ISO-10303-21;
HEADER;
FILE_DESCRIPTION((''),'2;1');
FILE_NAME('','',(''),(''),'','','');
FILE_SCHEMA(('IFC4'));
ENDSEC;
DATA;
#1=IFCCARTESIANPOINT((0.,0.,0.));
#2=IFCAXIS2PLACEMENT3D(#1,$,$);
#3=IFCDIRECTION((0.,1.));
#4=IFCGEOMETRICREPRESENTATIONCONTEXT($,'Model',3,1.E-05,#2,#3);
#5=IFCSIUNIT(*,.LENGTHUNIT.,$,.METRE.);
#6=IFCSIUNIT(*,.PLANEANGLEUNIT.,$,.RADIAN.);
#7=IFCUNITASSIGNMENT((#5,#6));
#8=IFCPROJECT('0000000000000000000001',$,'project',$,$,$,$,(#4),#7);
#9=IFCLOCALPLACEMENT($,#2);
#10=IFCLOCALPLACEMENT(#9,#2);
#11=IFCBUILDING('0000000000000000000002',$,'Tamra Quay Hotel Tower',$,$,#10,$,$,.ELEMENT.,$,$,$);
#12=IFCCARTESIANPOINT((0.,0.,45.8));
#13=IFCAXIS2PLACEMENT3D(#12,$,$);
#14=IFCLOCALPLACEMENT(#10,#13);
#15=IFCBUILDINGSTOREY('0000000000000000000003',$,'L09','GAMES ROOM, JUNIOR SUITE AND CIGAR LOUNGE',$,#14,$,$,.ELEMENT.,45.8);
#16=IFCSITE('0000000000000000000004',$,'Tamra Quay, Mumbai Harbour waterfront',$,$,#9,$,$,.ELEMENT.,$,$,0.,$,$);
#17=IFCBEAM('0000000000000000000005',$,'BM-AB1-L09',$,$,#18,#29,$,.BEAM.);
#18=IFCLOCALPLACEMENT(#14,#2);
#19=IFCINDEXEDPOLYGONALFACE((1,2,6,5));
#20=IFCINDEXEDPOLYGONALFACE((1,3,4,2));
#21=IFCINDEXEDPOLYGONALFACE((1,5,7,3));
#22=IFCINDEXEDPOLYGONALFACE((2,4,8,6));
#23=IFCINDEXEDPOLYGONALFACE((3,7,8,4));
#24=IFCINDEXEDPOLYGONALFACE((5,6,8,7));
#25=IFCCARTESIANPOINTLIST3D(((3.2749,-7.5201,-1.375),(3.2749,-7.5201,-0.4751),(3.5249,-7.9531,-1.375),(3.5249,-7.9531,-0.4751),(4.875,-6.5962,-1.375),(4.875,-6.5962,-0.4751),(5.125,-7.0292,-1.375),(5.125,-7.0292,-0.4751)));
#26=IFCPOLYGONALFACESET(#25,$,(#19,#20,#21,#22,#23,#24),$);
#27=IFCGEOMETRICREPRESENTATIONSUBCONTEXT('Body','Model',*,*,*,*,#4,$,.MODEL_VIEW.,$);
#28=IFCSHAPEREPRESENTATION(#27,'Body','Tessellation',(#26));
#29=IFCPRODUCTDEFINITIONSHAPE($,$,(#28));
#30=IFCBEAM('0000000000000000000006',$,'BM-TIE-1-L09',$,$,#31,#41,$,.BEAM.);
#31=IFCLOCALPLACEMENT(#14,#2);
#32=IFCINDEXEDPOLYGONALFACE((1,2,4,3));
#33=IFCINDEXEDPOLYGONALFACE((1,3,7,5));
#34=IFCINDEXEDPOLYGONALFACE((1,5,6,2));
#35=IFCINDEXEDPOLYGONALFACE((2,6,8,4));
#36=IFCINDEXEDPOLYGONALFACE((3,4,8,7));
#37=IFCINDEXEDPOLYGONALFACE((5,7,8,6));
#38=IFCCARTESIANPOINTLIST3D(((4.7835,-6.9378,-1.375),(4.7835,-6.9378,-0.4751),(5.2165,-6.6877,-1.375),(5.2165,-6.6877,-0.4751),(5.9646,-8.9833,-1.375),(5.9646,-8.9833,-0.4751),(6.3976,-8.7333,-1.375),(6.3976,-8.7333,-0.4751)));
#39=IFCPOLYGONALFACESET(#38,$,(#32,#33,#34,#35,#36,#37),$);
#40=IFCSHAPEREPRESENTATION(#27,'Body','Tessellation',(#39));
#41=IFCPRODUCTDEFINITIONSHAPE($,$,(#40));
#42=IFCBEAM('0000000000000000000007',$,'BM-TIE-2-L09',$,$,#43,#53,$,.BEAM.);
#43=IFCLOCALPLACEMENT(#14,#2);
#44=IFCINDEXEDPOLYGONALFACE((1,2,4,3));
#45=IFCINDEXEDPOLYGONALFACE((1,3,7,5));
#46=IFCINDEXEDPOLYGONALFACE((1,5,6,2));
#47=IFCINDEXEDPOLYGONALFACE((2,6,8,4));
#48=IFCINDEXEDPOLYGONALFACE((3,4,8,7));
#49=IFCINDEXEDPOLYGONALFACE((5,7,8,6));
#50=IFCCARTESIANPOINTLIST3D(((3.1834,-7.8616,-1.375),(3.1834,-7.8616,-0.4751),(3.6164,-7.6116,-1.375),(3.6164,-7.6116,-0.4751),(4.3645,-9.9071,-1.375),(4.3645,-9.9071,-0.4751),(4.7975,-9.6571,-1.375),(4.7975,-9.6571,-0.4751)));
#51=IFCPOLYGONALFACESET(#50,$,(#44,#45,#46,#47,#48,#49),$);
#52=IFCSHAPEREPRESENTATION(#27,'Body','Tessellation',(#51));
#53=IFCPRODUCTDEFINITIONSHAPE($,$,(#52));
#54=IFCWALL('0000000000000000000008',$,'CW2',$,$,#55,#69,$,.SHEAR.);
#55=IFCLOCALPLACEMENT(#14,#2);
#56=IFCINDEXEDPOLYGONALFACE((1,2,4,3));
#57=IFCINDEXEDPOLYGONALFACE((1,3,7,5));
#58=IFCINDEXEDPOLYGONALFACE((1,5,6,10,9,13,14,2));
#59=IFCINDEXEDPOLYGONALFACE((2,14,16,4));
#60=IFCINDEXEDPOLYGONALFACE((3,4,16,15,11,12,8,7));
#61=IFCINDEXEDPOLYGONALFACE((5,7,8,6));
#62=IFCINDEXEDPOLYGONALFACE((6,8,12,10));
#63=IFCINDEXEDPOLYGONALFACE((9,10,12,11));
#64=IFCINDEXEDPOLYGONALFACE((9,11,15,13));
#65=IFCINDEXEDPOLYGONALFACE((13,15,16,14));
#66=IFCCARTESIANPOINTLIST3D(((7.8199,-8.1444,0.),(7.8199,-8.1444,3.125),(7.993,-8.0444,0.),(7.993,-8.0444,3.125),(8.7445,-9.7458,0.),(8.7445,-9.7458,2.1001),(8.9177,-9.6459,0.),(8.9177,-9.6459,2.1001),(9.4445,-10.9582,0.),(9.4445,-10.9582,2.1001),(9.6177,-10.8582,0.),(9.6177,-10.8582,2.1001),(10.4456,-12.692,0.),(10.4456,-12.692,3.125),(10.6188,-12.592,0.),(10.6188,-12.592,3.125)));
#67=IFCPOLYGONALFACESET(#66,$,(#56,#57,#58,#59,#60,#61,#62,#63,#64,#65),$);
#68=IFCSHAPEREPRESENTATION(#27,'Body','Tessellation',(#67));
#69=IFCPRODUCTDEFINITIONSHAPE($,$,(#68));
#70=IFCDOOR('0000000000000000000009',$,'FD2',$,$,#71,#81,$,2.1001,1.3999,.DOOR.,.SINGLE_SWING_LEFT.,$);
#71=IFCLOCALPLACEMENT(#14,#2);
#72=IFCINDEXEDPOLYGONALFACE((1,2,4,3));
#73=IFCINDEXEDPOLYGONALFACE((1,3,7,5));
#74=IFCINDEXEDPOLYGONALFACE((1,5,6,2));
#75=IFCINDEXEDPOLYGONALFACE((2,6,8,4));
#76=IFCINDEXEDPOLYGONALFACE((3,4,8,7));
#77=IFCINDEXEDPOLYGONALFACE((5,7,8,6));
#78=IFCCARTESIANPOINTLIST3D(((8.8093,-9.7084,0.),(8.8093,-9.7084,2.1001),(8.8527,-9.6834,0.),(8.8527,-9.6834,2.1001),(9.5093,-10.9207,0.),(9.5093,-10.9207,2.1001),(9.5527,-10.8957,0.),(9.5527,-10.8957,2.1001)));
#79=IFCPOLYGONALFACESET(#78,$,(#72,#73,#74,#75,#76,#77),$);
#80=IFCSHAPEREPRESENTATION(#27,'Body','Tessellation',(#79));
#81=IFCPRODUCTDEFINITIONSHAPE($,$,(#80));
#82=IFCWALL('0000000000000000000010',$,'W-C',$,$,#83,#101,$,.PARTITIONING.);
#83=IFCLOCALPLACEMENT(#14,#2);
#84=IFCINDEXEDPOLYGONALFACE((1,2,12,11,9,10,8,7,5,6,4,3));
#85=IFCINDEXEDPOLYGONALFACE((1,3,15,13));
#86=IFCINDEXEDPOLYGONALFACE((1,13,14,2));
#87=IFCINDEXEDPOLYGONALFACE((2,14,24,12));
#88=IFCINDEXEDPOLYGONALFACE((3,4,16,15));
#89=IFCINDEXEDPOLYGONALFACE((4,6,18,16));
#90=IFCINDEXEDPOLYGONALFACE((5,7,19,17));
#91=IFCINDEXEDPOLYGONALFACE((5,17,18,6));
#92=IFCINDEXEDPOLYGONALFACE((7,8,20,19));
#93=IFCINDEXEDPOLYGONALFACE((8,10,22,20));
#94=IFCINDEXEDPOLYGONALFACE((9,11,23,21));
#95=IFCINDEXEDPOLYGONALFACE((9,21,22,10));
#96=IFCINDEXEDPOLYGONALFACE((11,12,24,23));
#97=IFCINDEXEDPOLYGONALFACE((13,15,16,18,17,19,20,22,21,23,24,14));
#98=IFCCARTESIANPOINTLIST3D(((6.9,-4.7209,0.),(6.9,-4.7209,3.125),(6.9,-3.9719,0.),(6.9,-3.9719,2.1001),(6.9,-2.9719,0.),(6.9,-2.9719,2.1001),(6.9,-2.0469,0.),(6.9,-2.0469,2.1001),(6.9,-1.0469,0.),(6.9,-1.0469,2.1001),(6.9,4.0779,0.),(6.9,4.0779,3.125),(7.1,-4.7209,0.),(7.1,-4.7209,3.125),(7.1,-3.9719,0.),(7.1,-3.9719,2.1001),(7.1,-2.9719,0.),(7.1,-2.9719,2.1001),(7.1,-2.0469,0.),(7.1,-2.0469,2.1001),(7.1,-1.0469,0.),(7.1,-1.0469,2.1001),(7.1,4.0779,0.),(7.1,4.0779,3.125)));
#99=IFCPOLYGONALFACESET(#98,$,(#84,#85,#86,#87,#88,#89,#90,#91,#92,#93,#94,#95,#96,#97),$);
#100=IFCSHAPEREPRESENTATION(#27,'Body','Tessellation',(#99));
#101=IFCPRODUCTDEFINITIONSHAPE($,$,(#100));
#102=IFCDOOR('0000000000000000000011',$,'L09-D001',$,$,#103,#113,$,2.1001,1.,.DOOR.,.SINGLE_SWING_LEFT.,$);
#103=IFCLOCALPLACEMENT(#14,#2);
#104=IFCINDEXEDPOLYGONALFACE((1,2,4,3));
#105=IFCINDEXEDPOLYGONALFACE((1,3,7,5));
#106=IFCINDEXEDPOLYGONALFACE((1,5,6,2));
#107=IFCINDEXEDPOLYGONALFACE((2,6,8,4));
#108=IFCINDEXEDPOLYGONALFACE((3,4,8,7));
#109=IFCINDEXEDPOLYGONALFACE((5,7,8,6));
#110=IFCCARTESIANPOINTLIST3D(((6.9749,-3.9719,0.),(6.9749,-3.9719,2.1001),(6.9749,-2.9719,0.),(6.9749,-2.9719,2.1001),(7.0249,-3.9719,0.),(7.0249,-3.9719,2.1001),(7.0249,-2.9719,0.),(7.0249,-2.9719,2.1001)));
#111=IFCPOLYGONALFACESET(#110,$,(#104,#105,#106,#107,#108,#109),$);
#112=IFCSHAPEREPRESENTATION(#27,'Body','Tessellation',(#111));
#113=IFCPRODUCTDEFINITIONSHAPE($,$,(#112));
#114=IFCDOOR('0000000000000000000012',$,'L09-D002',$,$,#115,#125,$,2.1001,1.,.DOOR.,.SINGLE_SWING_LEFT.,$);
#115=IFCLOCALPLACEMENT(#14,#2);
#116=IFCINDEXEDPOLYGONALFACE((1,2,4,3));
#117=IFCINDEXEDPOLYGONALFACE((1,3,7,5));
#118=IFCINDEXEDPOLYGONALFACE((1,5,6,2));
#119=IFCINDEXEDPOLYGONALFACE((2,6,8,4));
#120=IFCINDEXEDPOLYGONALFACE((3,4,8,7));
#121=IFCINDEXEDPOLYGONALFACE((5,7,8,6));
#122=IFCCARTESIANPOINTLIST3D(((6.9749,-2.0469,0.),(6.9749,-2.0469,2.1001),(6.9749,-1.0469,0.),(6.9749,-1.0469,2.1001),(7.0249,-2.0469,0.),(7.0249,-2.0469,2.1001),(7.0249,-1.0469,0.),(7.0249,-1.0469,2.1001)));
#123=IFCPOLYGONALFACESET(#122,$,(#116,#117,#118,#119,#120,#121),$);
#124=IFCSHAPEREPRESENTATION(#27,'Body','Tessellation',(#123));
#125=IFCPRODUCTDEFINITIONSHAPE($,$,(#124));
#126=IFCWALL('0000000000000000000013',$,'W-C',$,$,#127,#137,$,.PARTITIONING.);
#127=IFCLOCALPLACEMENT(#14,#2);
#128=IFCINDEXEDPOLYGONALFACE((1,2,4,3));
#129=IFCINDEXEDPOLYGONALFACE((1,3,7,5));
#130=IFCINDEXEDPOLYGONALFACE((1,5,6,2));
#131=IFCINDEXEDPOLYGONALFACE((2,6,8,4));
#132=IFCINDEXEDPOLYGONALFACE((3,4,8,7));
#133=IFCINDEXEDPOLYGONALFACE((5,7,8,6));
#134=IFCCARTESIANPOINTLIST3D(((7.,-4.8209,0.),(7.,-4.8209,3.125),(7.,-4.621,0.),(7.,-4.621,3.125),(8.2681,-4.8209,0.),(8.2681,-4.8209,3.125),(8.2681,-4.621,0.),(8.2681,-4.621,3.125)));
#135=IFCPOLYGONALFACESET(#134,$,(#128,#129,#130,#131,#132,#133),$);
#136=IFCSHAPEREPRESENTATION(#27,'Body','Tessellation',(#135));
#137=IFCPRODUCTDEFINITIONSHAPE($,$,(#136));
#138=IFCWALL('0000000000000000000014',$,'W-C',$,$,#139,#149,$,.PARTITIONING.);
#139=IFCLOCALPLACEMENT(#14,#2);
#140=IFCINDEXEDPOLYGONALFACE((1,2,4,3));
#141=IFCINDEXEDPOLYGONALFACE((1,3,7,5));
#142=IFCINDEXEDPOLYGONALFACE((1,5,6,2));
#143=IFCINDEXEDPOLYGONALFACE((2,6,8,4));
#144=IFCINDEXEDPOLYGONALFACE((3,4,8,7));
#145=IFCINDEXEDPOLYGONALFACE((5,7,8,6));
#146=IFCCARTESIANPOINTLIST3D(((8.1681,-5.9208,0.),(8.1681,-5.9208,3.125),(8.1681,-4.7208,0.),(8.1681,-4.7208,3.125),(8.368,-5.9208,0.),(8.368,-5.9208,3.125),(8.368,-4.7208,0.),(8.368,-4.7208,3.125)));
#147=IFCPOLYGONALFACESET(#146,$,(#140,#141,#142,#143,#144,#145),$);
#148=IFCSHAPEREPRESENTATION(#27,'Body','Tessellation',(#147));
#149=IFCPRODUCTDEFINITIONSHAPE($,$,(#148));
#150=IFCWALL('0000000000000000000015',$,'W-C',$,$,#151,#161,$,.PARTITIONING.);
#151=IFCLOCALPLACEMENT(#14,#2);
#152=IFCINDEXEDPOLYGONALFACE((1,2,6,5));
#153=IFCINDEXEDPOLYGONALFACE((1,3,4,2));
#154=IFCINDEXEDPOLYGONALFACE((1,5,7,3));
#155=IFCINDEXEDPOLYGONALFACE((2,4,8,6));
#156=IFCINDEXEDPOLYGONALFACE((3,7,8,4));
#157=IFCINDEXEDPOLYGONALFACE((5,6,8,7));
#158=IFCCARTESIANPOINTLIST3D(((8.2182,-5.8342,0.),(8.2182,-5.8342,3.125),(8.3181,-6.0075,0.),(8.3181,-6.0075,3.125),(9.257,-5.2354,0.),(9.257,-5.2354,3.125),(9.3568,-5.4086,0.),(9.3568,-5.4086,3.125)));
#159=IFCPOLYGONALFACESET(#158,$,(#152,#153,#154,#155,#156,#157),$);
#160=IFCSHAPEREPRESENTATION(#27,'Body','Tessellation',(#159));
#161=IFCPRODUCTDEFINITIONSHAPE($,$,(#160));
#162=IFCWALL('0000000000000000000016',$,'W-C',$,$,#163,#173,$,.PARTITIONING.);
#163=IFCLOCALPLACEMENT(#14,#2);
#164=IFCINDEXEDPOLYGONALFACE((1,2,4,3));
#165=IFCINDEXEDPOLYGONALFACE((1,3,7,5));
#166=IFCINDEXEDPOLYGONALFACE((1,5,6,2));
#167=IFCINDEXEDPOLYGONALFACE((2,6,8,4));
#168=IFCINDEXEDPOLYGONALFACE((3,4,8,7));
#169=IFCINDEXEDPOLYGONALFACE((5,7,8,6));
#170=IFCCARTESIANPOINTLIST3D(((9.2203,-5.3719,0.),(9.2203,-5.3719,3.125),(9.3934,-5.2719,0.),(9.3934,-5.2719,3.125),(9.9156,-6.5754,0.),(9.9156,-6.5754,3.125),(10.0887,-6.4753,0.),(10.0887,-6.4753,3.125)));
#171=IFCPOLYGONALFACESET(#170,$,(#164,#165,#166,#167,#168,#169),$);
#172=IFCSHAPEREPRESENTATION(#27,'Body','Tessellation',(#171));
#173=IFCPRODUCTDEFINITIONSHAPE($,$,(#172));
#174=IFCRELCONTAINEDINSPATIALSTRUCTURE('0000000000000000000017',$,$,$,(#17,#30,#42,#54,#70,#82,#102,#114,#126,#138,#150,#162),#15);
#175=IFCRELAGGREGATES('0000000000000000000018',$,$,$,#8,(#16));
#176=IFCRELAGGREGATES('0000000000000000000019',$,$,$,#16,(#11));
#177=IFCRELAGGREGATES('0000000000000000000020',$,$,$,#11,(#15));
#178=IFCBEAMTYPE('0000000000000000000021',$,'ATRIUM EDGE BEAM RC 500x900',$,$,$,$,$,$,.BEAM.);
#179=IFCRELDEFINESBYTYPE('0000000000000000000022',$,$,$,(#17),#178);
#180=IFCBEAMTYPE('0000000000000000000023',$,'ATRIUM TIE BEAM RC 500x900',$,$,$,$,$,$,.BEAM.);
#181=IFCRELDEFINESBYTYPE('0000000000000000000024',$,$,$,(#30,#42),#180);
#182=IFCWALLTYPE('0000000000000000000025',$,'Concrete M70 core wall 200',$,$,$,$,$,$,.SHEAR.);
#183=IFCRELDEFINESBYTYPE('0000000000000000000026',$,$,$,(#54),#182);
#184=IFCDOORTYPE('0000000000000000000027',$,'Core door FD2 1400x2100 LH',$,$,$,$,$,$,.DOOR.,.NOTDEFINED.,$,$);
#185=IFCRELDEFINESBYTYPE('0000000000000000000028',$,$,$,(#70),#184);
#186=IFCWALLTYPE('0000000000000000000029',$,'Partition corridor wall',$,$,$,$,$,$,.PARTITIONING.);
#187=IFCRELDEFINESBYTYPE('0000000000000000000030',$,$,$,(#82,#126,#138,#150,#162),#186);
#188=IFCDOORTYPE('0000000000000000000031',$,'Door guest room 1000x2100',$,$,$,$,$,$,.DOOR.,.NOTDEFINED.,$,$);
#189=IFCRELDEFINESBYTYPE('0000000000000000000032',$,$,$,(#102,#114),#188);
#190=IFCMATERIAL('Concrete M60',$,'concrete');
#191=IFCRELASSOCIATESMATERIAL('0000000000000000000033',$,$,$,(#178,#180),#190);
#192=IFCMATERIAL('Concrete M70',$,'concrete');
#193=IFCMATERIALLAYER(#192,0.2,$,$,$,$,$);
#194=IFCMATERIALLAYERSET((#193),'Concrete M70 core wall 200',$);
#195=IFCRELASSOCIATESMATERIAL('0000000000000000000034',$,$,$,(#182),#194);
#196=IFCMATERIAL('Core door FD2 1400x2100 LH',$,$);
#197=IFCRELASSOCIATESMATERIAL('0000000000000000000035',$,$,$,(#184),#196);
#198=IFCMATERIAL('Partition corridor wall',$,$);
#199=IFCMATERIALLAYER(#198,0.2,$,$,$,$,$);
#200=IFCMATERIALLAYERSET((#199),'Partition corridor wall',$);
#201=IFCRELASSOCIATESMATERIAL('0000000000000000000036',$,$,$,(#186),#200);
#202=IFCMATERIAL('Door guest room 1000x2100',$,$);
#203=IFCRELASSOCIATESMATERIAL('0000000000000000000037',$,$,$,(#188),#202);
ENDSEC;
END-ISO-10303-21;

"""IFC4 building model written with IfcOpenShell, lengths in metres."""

from ifc_helpers import new_model, si_unit, direction, frame, frame_2d, origin, origin_2d, place, context, subcontext, project, spatial, rectangle, extrude, material, layer, layer_set, material_profile, profile_set, type_object, element, fill, save


model = new_model("IFC4")

# Units and contexts
model_context = context("Model", 3, precision=1e-05, world=origin(), true_north=direction((0.0, 1.0)))
body_context = subcontext(model_context, "Body", "Model", "MODEL_VIEW")
ifc_project = project(units=[si_unit("LENGTHUNIT", "METRE"), si_unit("PLANEANGLEUNIT", "RADIAN")], contexts=[model_context])

# Site, building, storey
site_placement = place(None, origin())
site = spatial("IfcSite", under=ifc_project, at=site_placement, Name="Tamra Quay, Mumbai Harbour waterfront", CompositionType="ELEMENT", RefElevation=0.0)
building_placement = place(site_placement, origin())
building = spatial("IfcBuilding", under=site, at=building_placement, Name="Tamra Quay Hotel Tower", CompositionType="ELEMENT")
storey_placement = place(building_placement, frame((0.0, 0.0, 45.8)))
storey = spatial("IfcBuildingStorey", under=building, at=storey_placement, Name="L09", Description="GAMES ROOM, JUNIOR SUITE AND CIGAR LOUNGE", CompositionType="ELEMENT", Elevation=45.8)

# Beams
ifc_material_1 = material(Name="Concrete M60", Category="concrete")
ifc_material_profile_1 = material_profile(ifc_material_1, rectangle(XDim=0.5, YDim=0.8999, at=origin_2d()), Name="ATRIUM EDGE BEAM RC 500x900")
ifc_profile_set_1 = profile_set([ifc_material_profile_1], Name="Concrete M60")
beam_type_1 = type_object("IfcBeamType", Name="ATRIUM EDGE BEAM RC 500x900", PredefinedType="BEAM", material=ifc_profile_set_1)
beam_placement = place(storey_placement, frame((5.0, -6.8127, -0.925), z_axis=(-0.866023, -0.500005, 0.0), x_axis=(0.500005, -0.866023, 0.0)))
element("IfcBeam", 1, at=beam_placement, inside=storey, type_object=beam_type_1, Name="BM-AB1-L09", PredefinedType="BEAM", context=body_context, shape_type="SweptSolid", body=[
    extrude(rectangle(XDim=0.5, YDim=0.8999, at=origin_2d()), origin(), (0.0, 0.0, 1.0), 1.8477),
])
ifc_material_profile_2 = material_profile(ifc_material_1, rectangle(XDim=0.5, YDim=0.8999, at=origin_2d()), Name="ATRIUM TIE BEAM RC 500x900")
ifc_profile_set_2 = profile_set([ifc_material_profile_2], Name="Concrete M60")
beam_type_2 = type_object("IfcBeamType", Name="ATRIUM TIE BEAM RC 500x900", PredefinedType="BEAM", material=ifc_profile_set_2)
for number, where, z_axis, x_axis, name in (
    (2, (5.0, -6.8127, -0.925), (0.50003, -0.866008, 0.0), (0.866008, 0.50003, 0.0), "BM-TIE-1-L09"),
    (3, (3.3999, -7.7366, -0.925), (0.50003, -0.866008, 0.0), (0.866008, 0.50003, 0.0), "BM-TIE-2-L09"),
):
    element("IfcBeam", number, at=place(storey_placement, frame(where, z_axis=z_axis, x_axis=x_axis)), inside=storey, type_object=beam_type_2, Name=name, PredefinedType="BEAM", context=body_context, shape_type="SweptSolid", body=[
        extrude(rectangle(XDim=0.5, YDim=0.8999, at=origin_2d()), origin(), (0.0, 0.0, 1.0), 2.3621),
    ])

# Wall, opening, door
ifc_material_2 = material(Name="Concrete M70", Category="concrete")
ifc_layer_1 = layer(ifc_material_2, 0.2)
ifc_layer_set_1 = layer_set([ifc_layer_1], Name="Concrete M70 core wall 200")
wall_type_1 = type_object("IfcWallType", Name="Concrete M70 core wall 200", PredefinedType="SHEAR", material=ifc_layer_set_1)
wall_1_placement = place(storey_placement, frame((7.9065, -8.0945, 0.0), z_axis=(0.0, 0.0, 1.0), x_axis=(0.500024, -0.866011, 0.0)))
wall_1 = element("IfcWall", 4, at=wall_1_placement, inside=storey, type_object=wall_type_1, Name="CW2", PredefinedType="SHEAR", context=body_context, shape_type="SweptSolid", body=[
    extrude(rectangle(XDim=5.2512, YDim=0.2, at=frame_2d((2.6255, 0.0))), origin(), (0.0, 0.0, 1.0), 3.125),
])
opening_1_placement = place(wall_1_placement, frame((1.8491, 0.0, 0.0)))
opening_1 = element("IfcOpeningElement", 5, at=opening_1_placement, cuts=wall_1, PredefinedType="OPENING", context=body_context, shape_type="SweptSolid", body=[
    extrude(rectangle(XDim=1.3999, YDim=2.1001, at=frame_2d((0.7, 1.05))), frame((0.0, 0.1099, 0.0), z_axis=(0.0, -1.0, 0.0), x_axis=(1.0, 0.0, 0.0)), (0.0, 0.0, 1.0), 0.22),
])
ifc_material_3 = material(Name="Core door FD2 1400x2100 LH")
door_type_1 = type_object("IfcDoorType", Name="Core door FD2 1400x2100 LH", OperationType="NOTDEFINED", PredefinedType="DOOR", material=ifc_material_3)
door_1_placement = place(opening_1_placement, origin())
door_1 = element("IfcDoor", 6, at=door_1_placement, inside=storey, type_object=door_type_1, Name="FD2", OperationType="SINGLE_SWING_LEFT", OverallHeight=2.1001, OverallWidth=1.3999, PredefinedType="DOOR", context=body_context, shape_type="SweptSolid", body=[
    extrude(rectangle(XDim=1.3999, YDim=2.1001, at=frame_2d((0.7, 1.05))), frame((0.0, 0.0249, 0.0), z_axis=(0.0, -1.0, 0.0), x_axis=(1.0, 0.0, 0.0)), (0.0, 0.0, 1.0), 0.05),
])
fill(opening_1, door_1)

# Wall, openings, doors
ifc_material_4 = material(Name="Partition corridor wall")
ifc_layer_2 = layer(ifc_material_4, 0.2)
ifc_layer_set_2 = layer_set([ifc_layer_2], Name="Partition corridor wall")
wall_type_2 = type_object("IfcWallType", Name="Partition corridor wall", PredefinedType="PARTITIONING", material=ifc_layer_set_2)
wall_2_placement = place(storey_placement, frame((7.0, -4.7209, 0.0), z_axis=(0.0, 0.0, 1.0), x_axis=(0.0, 1.0, 0.0)))
wall_2 = element("IfcWall", 7, at=wall_2_placement, inside=storey, type_object=wall_type_2, Name="W-C", PredefinedType="PARTITIONING", context=body_context, shape_type="SweptSolid", body=[
    extrude(rectangle(XDim=8.7988, YDim=0.2, at=frame_2d((4.3994, 0.0))), origin(), (0.0, 0.0, 1.0), 3.125),
])
opening_2_placement = place(wall_2_placement, frame((0.749, 0.0, 0.0)))
opening_2 = element("IfcOpeningElement", 8, at=opening_2_placement, cuts=wall_2, PredefinedType="OPENING", context=body_context, shape_type="SweptSolid", body=[
    extrude(rectangle(XDim=1.0, YDim=2.1001, at=frame_2d((0.5, 1.05))), frame((0.0, 0.1099, 0.0), z_axis=(0.0, -1.0, 0.0), x_axis=(1.0, 0.0, 0.0)), (0.0, 0.0, 1.0), 0.22),
])
opening_3_placement = place(wall_2_placement, frame((2.6741, 0.0, 0.0)))
opening_3 = element("IfcOpeningElement", 9, at=opening_3_placement, cuts=wall_2, PredefinedType="OPENING", context=body_context, shape_type="SweptSolid", body=[
    extrude(rectangle(XDim=1.0, YDim=2.1001, at=frame_2d((0.5, 1.05))), frame((0.0, 0.1099, 0.0), z_axis=(0.0, -1.0, 0.0), x_axis=(1.0, 0.0, 0.0)), (0.0, 0.0, 1.0), 0.22),
])
ifc_material_5 = material(Name="Door guest room 1000x2100")
door_type_2 = type_object("IfcDoorType", Name="Door guest room 1000x2100", OperationType="NOTDEFINED", PredefinedType="DOOR", material=ifc_material_5)
door_2_placement = place(opening_2_placement, frame((1.0, 0.0, 0.0), z_axis=(0.0, 0.0, 1.0), x_axis=(-1.0, 0.0, 0.0)))
door_2 = element("IfcDoor", 10, at=door_2_placement, inside=storey, type_object=door_type_2, Name="L09-D001", OperationType="SINGLE_SWING_LEFT", OverallHeight=2.1001, OverallWidth=1.0, PredefinedType="DOOR", context=body_context, shape_type="SweptSolid", body=[
    extrude(rectangle(XDim=1.0, YDim=2.1001, at=frame_2d((0.5, 1.05))), frame((0.0, 0.0249, 0.0), z_axis=(0.0, -1.0, 0.0), x_axis=(1.0, 0.0, 0.0)), (0.0, 0.0, 1.0), 0.05),
])
fill(opening_2, door_2)
door_3_placement = place(opening_3_placement, frame((1.0, 0.0, 0.0), z_axis=(0.0, 0.0, 1.0), x_axis=(-1.0, 0.0, 0.0)))
door_3 = element("IfcDoor", 11, at=door_3_placement, inside=storey, type_object=door_type_2, Name="L09-D002", OperationType="SINGLE_SWING_LEFT", OverallHeight=2.1001, OverallWidth=1.0, PredefinedType="DOOR", context=body_context, shape_type="SweptSolid", body=[
    extrude(rectangle(XDim=1.0, YDim=2.1001, at=frame_2d((0.5, 1.05))), frame((0.0, 0.0249, 0.0), z_axis=(0.0, -1.0, 0.0), x_axis=(1.0, 0.0, 0.0)), (0.0, 0.0, 1.0), 0.05),
])
fill(opening_3, door_3)

# Walls
wall_3_placement = place(storey_placement, frame((7.0, -4.7209, 0.0), z_axis=(0.0, 0.0, 1.0), x_axis=(1.0, 0.0, 0.0)))
element("IfcWall", 12, at=wall_3_placement, inside=storey, type_object=wall_type_2, Name="W-C", PredefinedType="PARTITIONING", context=body_context, shape_type="SweptSolid", body=[
    extrude(rectangle(XDim=1.2681, YDim=0.2, at=frame_2d((0.634, 0.0))), origin(), (0.0, 0.0, 1.0), 3.125),
])
wall_4_placement = place(storey_placement, frame((8.2681, -5.9209, 0.0), z_axis=(0.0, 0.0, 1.0), x_axis=(0.0, 1.0, 0.0)))
element("IfcWall", 13, at=wall_4_placement, inside=storey, type_object=wall_type_2, Name="W-C", PredefinedType="PARTITIONING", context=body_context, shape_type="SweptSolid", body=[
    extrude(rectangle(XDim=1.2, YDim=0.2, at=frame_2d((0.6001, 0.0))), origin(), (0.0, 0.0, 1.0), 3.125),
])
wall_5_placement = place(storey_placement, frame((8.2681, -5.9209, 0.0), z_axis=(0.0, 0.0, 1.0), x_axis=(0.866345, 0.499446, 0.0)))
element("IfcWall", 14, at=wall_5_placement, inside=storey, type_object=wall_type_2, Name="W-C", PredefinedType="PARTITIONING", context=body_context, shape_type="SweptSolid", body=[
    extrude(rectangle(XDim=1.199, YDim=0.2, at=frame_2d((0.5996, 0.0))), origin(), (0.0, 0.0, 1.0), 3.125),
])
wall_6_placement = place(storey_placement, frame((9.3069, -5.322, 0.0), z_axis=(0.0, 0.0, 1.0), x_axis=(0.500295, -0.865855, 0.0)))
element("IfcWall", 15, at=wall_6_placement, inside=storey, type_object=wall_type_2, Name="W-C", PredefinedType="PARTITIONING", context=body_context, shape_type="SweptSolid", body=[
    extrude(rectangle(XDim=1.3899, YDim=0.2, at=frame_2d((0.6948, 0.0))), origin(), (0.0, 0.0, 1.0), 3.125),
])

save(model, "model.ifc")
